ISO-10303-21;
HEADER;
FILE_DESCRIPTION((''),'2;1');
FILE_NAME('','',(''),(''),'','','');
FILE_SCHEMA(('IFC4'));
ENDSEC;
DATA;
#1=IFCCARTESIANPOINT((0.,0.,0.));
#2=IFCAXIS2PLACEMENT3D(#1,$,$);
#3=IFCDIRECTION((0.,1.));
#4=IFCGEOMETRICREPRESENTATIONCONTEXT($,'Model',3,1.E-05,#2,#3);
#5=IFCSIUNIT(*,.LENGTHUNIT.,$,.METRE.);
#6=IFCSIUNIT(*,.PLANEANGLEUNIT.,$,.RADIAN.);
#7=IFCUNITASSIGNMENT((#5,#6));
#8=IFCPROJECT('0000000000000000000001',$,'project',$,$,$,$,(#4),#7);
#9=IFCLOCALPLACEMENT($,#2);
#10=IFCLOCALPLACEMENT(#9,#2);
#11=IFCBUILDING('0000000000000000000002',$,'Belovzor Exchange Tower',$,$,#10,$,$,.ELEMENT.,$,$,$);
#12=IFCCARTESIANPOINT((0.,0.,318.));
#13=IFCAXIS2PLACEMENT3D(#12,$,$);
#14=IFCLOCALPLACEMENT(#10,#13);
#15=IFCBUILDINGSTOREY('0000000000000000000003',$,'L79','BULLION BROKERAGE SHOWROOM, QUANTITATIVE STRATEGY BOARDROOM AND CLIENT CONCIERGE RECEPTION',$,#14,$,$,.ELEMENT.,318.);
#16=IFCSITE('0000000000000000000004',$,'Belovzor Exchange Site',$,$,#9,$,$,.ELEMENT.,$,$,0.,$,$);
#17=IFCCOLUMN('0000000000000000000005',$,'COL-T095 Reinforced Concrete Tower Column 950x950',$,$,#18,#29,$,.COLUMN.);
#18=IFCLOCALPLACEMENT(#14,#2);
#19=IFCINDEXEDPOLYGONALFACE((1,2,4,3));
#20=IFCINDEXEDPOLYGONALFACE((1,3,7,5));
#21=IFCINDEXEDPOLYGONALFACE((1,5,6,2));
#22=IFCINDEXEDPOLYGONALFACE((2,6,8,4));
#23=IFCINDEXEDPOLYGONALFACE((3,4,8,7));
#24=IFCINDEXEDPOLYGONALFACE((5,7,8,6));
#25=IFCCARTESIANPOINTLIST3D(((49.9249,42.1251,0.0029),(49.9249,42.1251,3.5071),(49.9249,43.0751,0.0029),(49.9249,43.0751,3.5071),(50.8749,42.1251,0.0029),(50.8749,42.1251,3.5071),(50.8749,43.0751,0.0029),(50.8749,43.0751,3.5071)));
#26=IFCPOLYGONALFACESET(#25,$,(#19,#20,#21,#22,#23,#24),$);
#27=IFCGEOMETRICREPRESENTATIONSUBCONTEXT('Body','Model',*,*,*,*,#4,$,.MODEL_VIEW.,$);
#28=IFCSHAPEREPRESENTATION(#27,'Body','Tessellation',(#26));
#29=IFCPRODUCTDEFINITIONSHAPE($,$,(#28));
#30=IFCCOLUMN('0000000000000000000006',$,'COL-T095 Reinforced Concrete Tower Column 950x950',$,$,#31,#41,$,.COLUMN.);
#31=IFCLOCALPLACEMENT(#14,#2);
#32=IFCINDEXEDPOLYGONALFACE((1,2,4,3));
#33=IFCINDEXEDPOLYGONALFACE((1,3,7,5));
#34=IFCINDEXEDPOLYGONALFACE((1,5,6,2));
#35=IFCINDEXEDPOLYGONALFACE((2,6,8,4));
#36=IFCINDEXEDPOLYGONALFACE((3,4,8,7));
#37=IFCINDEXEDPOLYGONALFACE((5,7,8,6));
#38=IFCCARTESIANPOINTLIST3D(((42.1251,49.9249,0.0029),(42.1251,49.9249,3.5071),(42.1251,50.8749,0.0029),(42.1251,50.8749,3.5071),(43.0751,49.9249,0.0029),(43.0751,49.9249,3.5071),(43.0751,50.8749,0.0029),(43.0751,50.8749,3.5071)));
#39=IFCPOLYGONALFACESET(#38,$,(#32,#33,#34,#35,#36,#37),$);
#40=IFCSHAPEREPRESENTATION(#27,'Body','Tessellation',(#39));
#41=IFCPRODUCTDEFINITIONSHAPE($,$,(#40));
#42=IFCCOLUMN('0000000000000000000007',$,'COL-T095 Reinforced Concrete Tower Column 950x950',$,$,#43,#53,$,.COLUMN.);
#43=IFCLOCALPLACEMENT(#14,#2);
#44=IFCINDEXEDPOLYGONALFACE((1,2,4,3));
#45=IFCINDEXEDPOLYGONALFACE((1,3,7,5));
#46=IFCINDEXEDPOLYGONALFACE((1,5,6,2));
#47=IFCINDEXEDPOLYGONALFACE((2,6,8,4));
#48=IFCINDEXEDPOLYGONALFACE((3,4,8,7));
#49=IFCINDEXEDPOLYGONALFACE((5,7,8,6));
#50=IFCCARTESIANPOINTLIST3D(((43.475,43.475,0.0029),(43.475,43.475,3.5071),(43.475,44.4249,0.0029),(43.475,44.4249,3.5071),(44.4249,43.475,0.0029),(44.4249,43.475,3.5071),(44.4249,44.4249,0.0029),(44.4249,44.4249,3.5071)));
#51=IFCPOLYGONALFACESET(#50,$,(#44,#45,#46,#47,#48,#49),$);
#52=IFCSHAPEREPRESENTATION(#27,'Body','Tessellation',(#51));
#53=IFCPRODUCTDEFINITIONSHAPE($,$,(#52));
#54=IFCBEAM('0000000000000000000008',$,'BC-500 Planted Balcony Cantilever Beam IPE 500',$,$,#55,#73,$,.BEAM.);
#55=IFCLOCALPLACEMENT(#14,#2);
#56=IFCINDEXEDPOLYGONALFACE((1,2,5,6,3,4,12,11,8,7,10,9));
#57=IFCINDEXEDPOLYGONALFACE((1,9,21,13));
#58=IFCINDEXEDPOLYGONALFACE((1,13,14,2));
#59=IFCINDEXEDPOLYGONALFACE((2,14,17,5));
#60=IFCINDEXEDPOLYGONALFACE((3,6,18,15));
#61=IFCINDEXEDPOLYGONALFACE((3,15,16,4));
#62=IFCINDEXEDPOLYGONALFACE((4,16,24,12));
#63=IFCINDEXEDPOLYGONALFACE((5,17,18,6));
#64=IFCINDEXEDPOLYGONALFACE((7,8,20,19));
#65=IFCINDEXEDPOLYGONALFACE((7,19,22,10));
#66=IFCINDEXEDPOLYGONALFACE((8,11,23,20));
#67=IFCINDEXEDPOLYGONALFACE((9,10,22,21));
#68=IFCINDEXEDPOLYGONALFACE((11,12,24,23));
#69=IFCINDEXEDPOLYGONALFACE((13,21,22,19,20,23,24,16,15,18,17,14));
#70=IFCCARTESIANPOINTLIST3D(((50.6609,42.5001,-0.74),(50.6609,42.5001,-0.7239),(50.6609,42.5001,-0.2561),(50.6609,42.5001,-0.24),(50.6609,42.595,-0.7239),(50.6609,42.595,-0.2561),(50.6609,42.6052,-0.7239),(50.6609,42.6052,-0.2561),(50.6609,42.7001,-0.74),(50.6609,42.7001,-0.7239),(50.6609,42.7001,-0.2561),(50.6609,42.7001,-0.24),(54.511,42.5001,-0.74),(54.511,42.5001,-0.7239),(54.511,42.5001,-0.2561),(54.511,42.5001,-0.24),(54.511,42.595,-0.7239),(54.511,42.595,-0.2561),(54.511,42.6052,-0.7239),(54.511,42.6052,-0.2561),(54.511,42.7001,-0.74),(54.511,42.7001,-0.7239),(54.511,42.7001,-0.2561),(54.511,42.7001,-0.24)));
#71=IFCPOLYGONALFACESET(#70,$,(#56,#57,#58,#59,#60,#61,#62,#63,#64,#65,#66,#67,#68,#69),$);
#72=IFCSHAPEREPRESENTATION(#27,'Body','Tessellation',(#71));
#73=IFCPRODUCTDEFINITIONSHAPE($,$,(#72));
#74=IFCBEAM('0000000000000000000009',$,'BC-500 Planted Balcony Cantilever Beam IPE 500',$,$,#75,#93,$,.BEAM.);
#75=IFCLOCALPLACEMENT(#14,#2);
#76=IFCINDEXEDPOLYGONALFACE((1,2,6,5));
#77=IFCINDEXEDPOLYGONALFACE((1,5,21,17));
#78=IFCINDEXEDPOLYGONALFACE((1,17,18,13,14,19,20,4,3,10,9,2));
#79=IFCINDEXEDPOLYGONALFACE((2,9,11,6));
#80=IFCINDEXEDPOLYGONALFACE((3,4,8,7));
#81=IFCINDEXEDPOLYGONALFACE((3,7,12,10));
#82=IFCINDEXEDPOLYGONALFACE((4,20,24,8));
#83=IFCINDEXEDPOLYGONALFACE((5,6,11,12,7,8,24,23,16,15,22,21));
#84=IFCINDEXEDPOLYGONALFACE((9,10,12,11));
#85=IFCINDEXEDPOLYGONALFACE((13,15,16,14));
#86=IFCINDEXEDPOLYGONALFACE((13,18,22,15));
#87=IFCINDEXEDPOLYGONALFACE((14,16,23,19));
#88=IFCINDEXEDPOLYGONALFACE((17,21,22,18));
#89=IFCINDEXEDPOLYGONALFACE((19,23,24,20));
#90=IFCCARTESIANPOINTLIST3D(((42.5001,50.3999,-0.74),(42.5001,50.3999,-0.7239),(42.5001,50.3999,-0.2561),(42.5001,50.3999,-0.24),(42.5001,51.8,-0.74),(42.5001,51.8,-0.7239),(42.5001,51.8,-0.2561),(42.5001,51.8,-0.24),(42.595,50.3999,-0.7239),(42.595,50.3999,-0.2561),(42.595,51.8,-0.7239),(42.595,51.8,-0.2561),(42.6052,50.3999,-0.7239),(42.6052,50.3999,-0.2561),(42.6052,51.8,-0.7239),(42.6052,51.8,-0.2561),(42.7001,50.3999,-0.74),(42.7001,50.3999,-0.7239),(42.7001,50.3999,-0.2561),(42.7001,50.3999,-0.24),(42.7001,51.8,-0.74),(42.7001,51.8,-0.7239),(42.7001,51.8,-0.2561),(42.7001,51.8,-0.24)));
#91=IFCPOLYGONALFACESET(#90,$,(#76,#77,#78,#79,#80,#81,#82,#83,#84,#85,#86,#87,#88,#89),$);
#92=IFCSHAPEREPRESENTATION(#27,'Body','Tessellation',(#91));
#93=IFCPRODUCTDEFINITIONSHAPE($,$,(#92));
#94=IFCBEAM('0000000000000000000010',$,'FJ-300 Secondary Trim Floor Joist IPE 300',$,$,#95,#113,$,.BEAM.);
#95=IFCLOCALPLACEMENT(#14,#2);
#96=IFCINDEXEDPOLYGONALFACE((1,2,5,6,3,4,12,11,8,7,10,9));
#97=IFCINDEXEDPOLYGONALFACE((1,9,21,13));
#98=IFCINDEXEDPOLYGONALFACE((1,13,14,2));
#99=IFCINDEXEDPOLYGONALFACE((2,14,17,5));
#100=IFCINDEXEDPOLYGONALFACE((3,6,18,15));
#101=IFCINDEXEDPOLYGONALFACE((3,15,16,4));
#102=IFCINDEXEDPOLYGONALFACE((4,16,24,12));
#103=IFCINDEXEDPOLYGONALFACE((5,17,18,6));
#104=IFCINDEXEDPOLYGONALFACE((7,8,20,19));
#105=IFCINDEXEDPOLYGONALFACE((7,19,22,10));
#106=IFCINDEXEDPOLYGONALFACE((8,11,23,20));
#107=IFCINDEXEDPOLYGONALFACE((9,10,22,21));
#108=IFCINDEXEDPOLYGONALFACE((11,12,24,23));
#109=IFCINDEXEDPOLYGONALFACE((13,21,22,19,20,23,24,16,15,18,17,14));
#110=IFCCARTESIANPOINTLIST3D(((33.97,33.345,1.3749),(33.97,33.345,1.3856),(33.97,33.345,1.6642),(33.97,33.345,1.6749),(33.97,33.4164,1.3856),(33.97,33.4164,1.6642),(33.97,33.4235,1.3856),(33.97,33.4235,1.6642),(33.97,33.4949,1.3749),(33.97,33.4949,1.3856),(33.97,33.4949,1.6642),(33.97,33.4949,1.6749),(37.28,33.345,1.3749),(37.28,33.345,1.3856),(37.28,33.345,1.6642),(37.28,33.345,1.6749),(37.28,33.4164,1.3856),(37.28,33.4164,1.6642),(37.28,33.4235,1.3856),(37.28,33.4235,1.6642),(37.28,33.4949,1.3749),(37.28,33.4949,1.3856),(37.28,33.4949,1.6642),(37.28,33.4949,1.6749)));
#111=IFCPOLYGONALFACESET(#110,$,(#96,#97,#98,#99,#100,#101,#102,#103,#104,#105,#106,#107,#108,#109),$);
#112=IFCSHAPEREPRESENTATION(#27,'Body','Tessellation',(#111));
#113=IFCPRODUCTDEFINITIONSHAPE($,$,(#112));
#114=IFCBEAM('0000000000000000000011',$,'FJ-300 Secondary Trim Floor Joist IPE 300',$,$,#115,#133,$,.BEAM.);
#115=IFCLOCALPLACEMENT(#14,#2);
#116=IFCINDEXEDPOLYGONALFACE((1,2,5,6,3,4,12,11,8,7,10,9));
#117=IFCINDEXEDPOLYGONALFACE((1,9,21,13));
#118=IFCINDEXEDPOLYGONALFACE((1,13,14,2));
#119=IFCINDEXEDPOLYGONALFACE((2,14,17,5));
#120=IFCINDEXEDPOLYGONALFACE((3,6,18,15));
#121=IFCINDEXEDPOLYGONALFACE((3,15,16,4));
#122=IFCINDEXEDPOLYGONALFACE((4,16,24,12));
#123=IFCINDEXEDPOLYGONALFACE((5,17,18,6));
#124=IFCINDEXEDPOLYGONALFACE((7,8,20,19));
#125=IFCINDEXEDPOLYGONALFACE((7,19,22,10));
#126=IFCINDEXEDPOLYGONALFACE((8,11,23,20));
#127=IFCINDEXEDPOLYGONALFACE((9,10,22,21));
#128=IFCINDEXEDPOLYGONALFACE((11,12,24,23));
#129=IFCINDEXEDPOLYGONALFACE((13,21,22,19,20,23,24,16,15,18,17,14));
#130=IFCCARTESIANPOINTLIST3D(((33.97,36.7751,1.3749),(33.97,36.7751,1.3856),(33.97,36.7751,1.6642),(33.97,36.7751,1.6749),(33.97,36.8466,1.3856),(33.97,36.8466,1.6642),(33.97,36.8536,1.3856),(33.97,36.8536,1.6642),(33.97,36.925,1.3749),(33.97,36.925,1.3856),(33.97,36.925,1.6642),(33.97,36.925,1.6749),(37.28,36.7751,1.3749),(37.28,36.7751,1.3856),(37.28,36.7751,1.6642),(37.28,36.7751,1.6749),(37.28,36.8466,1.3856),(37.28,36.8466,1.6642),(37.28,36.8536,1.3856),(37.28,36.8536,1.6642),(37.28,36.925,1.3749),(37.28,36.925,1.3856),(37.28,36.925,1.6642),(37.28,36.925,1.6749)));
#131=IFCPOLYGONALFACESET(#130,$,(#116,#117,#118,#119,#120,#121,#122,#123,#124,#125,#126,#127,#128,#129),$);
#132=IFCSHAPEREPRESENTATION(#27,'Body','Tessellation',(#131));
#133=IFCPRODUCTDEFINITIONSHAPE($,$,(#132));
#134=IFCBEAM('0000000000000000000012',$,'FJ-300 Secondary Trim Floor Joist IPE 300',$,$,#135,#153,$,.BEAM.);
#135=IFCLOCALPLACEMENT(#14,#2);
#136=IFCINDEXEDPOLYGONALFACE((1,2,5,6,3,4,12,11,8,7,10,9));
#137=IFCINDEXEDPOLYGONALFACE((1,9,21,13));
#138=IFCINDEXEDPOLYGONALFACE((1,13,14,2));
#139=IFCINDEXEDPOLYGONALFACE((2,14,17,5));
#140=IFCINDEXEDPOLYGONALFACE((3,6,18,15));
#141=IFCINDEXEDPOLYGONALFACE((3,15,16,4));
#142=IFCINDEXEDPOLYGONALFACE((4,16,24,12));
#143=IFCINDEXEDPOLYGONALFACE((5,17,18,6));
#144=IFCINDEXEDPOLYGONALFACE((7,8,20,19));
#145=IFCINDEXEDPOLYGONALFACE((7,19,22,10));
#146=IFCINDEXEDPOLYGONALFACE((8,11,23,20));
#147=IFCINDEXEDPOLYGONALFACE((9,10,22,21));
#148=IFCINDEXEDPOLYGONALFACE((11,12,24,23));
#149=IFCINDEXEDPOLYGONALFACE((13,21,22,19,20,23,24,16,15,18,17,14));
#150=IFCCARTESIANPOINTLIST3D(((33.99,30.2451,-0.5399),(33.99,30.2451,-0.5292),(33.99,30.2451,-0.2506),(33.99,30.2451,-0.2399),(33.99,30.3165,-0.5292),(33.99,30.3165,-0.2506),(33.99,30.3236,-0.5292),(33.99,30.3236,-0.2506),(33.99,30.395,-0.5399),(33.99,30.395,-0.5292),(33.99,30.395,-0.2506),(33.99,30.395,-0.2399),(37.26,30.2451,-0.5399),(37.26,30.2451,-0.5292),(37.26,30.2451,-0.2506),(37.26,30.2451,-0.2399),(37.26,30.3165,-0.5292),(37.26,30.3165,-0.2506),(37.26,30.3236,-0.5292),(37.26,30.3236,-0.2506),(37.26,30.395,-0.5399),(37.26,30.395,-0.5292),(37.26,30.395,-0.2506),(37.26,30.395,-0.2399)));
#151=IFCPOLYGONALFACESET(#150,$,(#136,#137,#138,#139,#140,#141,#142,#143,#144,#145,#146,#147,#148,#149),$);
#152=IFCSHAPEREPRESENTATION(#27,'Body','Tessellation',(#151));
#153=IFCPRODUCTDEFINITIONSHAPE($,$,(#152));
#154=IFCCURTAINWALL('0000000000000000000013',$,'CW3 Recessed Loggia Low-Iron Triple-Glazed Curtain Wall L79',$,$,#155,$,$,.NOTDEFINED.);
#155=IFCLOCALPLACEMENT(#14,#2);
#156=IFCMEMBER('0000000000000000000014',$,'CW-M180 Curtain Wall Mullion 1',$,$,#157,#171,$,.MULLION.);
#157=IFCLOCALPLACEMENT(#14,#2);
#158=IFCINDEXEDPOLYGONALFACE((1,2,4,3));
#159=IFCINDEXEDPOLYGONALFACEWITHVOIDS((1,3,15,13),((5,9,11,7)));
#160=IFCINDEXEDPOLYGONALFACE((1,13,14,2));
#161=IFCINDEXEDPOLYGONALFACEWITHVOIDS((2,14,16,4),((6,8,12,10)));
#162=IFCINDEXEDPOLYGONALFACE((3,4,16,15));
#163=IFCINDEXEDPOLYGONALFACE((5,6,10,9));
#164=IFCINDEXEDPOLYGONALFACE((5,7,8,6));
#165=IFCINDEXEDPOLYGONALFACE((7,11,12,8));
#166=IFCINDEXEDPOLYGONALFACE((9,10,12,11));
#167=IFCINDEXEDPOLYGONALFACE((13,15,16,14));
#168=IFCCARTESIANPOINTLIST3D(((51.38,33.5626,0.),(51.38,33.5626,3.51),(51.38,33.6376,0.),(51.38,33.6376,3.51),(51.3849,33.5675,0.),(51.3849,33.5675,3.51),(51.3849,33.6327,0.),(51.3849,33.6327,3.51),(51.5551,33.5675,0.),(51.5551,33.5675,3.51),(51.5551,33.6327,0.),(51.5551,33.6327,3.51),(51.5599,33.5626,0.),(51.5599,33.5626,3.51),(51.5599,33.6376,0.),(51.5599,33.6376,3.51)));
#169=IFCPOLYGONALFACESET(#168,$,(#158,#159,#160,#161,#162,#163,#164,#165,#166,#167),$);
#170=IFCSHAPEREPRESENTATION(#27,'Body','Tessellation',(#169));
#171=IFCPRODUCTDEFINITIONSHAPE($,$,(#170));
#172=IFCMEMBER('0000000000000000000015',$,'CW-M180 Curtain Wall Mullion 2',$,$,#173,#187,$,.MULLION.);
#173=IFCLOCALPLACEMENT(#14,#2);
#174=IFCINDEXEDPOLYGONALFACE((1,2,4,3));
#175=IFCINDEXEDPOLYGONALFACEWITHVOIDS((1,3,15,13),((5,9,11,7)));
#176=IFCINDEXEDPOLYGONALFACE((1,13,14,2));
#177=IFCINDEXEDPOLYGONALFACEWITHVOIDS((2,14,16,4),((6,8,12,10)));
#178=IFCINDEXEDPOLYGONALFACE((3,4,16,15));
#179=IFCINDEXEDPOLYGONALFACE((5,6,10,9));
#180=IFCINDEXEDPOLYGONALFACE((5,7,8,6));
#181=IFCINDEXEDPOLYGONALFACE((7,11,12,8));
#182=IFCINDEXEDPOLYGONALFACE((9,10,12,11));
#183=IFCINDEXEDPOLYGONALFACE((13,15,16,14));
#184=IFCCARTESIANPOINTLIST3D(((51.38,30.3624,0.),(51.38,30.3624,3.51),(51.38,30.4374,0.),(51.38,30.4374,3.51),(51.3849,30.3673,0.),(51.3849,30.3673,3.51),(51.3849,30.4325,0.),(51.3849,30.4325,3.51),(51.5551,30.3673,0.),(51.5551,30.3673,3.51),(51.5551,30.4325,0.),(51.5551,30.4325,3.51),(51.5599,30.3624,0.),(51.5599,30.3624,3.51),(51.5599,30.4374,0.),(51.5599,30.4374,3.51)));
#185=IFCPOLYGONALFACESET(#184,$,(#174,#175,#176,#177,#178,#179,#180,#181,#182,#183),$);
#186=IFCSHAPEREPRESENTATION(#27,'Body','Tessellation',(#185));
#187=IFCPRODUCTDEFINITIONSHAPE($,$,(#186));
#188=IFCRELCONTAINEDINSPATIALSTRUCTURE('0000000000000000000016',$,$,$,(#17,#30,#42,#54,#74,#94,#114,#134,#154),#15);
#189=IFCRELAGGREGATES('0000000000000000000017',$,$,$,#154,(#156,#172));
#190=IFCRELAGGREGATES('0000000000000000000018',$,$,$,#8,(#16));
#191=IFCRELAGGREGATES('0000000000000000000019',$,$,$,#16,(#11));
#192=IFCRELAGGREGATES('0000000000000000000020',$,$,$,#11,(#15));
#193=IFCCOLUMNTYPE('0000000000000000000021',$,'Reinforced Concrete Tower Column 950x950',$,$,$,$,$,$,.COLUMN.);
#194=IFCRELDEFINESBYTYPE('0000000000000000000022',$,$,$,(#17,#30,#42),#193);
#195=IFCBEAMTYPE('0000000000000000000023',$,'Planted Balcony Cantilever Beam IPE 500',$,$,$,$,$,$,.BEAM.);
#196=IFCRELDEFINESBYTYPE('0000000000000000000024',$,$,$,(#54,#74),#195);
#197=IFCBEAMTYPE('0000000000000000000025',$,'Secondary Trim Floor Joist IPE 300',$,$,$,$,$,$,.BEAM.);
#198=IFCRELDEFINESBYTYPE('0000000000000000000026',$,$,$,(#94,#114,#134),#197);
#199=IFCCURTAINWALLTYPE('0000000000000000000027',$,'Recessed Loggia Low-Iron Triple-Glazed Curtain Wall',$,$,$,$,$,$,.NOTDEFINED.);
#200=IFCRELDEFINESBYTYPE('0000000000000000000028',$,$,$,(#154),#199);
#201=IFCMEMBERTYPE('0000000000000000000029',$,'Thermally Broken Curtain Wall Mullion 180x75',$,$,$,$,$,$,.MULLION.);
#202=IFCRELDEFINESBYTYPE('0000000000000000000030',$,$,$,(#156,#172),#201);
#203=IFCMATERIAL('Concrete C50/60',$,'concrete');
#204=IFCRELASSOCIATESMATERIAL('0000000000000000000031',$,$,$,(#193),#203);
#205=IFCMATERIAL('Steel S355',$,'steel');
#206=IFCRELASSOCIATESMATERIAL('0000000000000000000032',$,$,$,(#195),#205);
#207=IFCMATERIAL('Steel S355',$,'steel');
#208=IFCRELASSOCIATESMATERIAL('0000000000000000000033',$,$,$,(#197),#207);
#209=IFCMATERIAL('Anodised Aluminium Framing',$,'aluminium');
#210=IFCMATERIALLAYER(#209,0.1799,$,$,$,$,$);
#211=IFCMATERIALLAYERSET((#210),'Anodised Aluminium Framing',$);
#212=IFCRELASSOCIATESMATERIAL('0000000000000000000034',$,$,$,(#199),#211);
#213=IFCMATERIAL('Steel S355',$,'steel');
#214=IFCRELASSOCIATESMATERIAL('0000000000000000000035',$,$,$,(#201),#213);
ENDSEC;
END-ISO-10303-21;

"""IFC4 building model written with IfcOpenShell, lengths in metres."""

from ifc_helpers import new_model, si_unit, direction, frame, origin, origin_2d, place, context, subcontext, project, spatial, rectangle, hollow_rectangle, i_section, extrude, material, layer, layer_set, material_profile, profile_set, type_object, element, aggregate, save


model = new_model("IFC4")

# Units and contexts
model_context = context("Model", 3, precision=1e-05, world=origin(), true_north=direction((0.0, 1.0)))
body_context = subcontext(model_context, "Body", "Model", "MODEL_VIEW")
ifc_project = project(units=[si_unit("LENGTHUNIT", "METRE"), si_unit("PLANEANGLEUNIT", "RADIAN")], contexts=[model_context])

# Site, building, storey
site_placement = place(None, origin())
site = spatial("IfcSite", under=ifc_project, at=site_placement, Name="Belovzor Exchange Site", CompositionType="ELEMENT", RefElevation=0.0)
building_placement = place(site_placement, origin())
building = spatial("IfcBuilding", under=site, at=building_placement, Name="Belovzor Exchange Tower", CompositionType="ELEMENT")
storey_placement = place(building_placement, frame((0.0, 0.0, 318.0)))
storey = spatial("IfcBuildingStorey", under=building, at=storey_placement, Name="L79", Description="BULLION BROKERAGE SHOWROOM, QUANTITATIVE STRATEGY BOARDROOM AND CLIENT CONCIERGE RECEPTION", CompositionType="ELEMENT", Elevation=318.0)

# Columns
ifc_material_1 = material(Name="Concrete C50/60", Category="concrete")
ifc_material_profile_1 = material_profile(ifc_material_1, rectangle(XDim=0.95, YDim=0.95, at=origin_2d()))
ifc_profile_set_1 = profile_set([ifc_material_profile_1], Name="Concrete C50/60")
column_type = type_object("IfcColumnType", Name="Reinforced Concrete Tower Column 950x950", PredefinedType="COLUMN", material=ifc_profile_set_1)
for number, where, z_axis, x_axis, name in (
    (1, (50.3999, 42.6001, 0.0029), (0.0, 0.0, 1.0), (1.0, 0.0, 0.0), "COL-T095 Reinforced Concrete Tower Column 950x950"),
    (2, (42.6001, 50.3999, 0.0029), (0.0, 0.0, 1.0), (1.0, 0.0, 0.0), "COL-T095 Reinforced Concrete Tower Column 950x950"),
    (3, (43.95, 43.95, 0.0029), (0.0, 0.0, 1.0), (1.0, 0.0, 0.0), "COL-T095 Reinforced Concrete Tower Column 950x950"),
):
    element("IfcColumn", number, at=place(storey_placement, frame(where, z_axis=z_axis, x_axis=x_axis)), inside=storey, type_object=column_type, Name=name, PredefinedType="COLUMN", context=body_context, shape_type="SweptSolid", body=[
        extrude(rectangle(XDim=0.95, YDim=0.95, at=origin_2d()), origin(), (0.0, 0.0, 1.0), 3.5042),
    ])

# Beams
ifc_material_2 = material(Name="Steel S355", Category="steel")
ifc_material_profile_2 = material_profile(ifc_material_2, i_section(OverallWidth=0.2, OverallDepth=0.5, WebThickness=0.0103, FlangeThickness=0.0161, at=origin_2d()))
ifc_profile_set_2 = profile_set([ifc_material_profile_2], Name="Steel S355")
beam_type_1 = type_object("IfcBeamType", Name="Planted Balcony Cantilever Beam IPE 500", PredefinedType="BEAM", material=ifc_profile_set_2)
beam_1_placement = place(storey_placement, frame((50.6609, 42.6001, -0.49), z_axis=(1.0, 0.0, 0.0), x_axis=(0.0, 1.0, 0.0)))
element("IfcBeam", 4, at=beam_1_placement, inside=storey, type_object=beam_type_1, Name="BC-500 Planted Balcony Cantilever Beam IPE 500", PredefinedType="BEAM", context=body_context, shape_type="SweptSolid", body=[
    extrude(i_section(OverallWidth=0.2, OverallDepth=0.5, WebThickness=0.0103, FlangeThickness=0.0161, at=origin_2d()), origin(), (0.0, 0.0, 1.0), 3.8501),
])
beam_2_placement = place(storey_placement, frame((42.6001, 50.3999, -0.49), z_axis=(0.0, 1.0, 0.0), x_axis=(-1.0, 0.0, 0.0)))
element("IfcBeam", 5, at=beam_2_placement, inside=storey, type_object=beam_type_1, Name="BC-500 Planted Balcony Cantilever Beam IPE 500", PredefinedType="BEAM", context=body_context, shape_type="SweptSolid", body=[
    extrude(i_section(OverallWidth=0.2, OverallDepth=0.5, WebThickness=0.0103, FlangeThickness=0.0161, at=origin_2d()), origin(), (0.0, 0.0, 1.0), 1.4001),
])
ifc_material_3 = material(Name="Steel S355", Category="steel")
ifc_material_profile_3 = material_profile(ifc_material_3, i_section(OverallWidth=0.1499, OverallDepth=0.3, WebThickness=0.0071, FlangeThickness=0.0107, at=origin_2d()))
ifc_profile_set_3 = profile_set([ifc_material_profile_3], Name="Steel S355")
beam_type_2 = type_object("IfcBeamType", Name="Secondary Trim Floor Joist IPE 300", PredefinedType="BEAM", material=ifc_profile_set_3)
for number, where, z_axis, x_axis, name in (
    (6, (37.28, 33.4199, 1.5249), (-1.0, 0.0, 0.0), (0.0, -1.0, 0.0), "FJ-300 Secondary Trim Floor Joist IPE 300"),
    (7, (37.28, 36.8501, 1.5249), (-1.0, 0.0, 0.0), (0.0, -1.0, 0.0), "FJ-300 Secondary Trim Floor Joist IPE 300"),
):
    element("IfcBeam", number, at=place(storey_placement, frame(where, z_axis=z_axis, x_axis=x_axis)), inside=storey, type_object=beam_type_2, Name=name, PredefinedType="BEAM", context=body_context, shape_type="SweptSolid", body=[
        extrude(i_section(OverallWidth=0.1499, OverallDepth=0.3, WebThickness=0.0071, FlangeThickness=0.0107, at=origin_2d()), origin(), (0.0, 0.0, 1.0), 3.3101),
    ])
beam_3_placement = place(storey_placement, frame((37.26, 30.3201, -0.3899), z_axis=(-1.0, 0.0, 0.0), x_axis=(0.0, -1.0, 0.0)))
element("IfcBeam", 8, at=beam_3_placement, inside=storey, type_object=beam_type_2, Name="FJ-300 Secondary Trim Floor Joist IPE 300", PredefinedType="BEAM", context=body_context, shape_type="SweptSolid", body=[
    extrude(i_section(OverallWidth=0.1499, OverallDepth=0.3, WebThickness=0.0071, FlangeThickness=0.0107, at=origin_2d()), origin(), (0.0, 0.0, 1.0), 3.27),
])

# Curtain wall, members
ifc_material_4 = material(Name="Anodised Aluminium Framing", Category="aluminium")
ifc_layer_1 = layer(ifc_material_4, 0.1799)
ifc_layer_set_1 = layer_set([ifc_layer_1], Name="Anodised Aluminium Framing")
curtain_wall_type = type_object("IfcCurtainWallType", Name="Recessed Loggia Low-Iron Triple-Glazed Curtain Wall", PredefinedType="NOTDEFINED", material=ifc_layer_set_1)
curtain_wall_placement = place(storey_placement, origin())
curtain_wall = element("IfcCurtainWall", 9, at=curtain_wall_placement, inside=storey, type_object=curtain_wall_type, Name="CW3 Recessed Loggia Low-Iron Triple-Glazed Curtain Wall L79", PredefinedType="NOTDEFINED")
ifc_material_5 = material(Name="Steel S355", Category="steel")
ifc_material_profile_4 = material_profile(ifc_material_5, hollow_rectangle(XDim=0.075, YDim=0.1799, WallThickness=0.0049, at=origin_2d()))
ifc_profile_set_4 = profile_set([ifc_material_profile_4], Name="Steel S355")
member_type_1 = type_object("IfcMemberType", Name="Thermally Broken Curtain Wall Mullion 180x75", PredefinedType="MULLION", material=ifc_profile_set_4)
member_1_placement = place(storey_placement, frame((51.47, 33.6001, 0.0), z_axis=(0.0, 0.0, 1.0), x_axis=(0.0, -1.0, 0.0)))
member_1 = element("IfcMember", 10, at=member_1_placement, type_object=member_type_1, Name="CW-M180 Curtain Wall Mullion 1", PredefinedType="MULLION", context=body_context, shape_type="SweptSolid", body=[
    extrude(hollow_rectangle(XDim=0.075, YDim=0.1799, WallThickness=0.0049, at=origin_2d()), origin(), (0.0, 0.0, 1.0), 3.51),
])
member_2_placement = place(storey_placement, frame((51.47, 30.3999, 0.0), z_axis=(0.0, 0.0, 1.0), x_axis=(0.0, -1.0, 0.0)))
member_2 = element("IfcMember", 11, at=member_2_placement, type_object=member_type_1, Name="CW-M180 Curtain Wall Mullion 2", PredefinedType="MULLION", context=body_context, shape_type="SweptSolid", body=[
    extrude(hollow_rectangle(XDim=0.075, YDim=0.1799, WallThickness=0.0049, at=origin_2d()), origin(), (0.0, 0.0, 1.0), 3.51),
])

aggregate(curtain_wall, [member_1, member_2])

save(model, "model.ifc")
